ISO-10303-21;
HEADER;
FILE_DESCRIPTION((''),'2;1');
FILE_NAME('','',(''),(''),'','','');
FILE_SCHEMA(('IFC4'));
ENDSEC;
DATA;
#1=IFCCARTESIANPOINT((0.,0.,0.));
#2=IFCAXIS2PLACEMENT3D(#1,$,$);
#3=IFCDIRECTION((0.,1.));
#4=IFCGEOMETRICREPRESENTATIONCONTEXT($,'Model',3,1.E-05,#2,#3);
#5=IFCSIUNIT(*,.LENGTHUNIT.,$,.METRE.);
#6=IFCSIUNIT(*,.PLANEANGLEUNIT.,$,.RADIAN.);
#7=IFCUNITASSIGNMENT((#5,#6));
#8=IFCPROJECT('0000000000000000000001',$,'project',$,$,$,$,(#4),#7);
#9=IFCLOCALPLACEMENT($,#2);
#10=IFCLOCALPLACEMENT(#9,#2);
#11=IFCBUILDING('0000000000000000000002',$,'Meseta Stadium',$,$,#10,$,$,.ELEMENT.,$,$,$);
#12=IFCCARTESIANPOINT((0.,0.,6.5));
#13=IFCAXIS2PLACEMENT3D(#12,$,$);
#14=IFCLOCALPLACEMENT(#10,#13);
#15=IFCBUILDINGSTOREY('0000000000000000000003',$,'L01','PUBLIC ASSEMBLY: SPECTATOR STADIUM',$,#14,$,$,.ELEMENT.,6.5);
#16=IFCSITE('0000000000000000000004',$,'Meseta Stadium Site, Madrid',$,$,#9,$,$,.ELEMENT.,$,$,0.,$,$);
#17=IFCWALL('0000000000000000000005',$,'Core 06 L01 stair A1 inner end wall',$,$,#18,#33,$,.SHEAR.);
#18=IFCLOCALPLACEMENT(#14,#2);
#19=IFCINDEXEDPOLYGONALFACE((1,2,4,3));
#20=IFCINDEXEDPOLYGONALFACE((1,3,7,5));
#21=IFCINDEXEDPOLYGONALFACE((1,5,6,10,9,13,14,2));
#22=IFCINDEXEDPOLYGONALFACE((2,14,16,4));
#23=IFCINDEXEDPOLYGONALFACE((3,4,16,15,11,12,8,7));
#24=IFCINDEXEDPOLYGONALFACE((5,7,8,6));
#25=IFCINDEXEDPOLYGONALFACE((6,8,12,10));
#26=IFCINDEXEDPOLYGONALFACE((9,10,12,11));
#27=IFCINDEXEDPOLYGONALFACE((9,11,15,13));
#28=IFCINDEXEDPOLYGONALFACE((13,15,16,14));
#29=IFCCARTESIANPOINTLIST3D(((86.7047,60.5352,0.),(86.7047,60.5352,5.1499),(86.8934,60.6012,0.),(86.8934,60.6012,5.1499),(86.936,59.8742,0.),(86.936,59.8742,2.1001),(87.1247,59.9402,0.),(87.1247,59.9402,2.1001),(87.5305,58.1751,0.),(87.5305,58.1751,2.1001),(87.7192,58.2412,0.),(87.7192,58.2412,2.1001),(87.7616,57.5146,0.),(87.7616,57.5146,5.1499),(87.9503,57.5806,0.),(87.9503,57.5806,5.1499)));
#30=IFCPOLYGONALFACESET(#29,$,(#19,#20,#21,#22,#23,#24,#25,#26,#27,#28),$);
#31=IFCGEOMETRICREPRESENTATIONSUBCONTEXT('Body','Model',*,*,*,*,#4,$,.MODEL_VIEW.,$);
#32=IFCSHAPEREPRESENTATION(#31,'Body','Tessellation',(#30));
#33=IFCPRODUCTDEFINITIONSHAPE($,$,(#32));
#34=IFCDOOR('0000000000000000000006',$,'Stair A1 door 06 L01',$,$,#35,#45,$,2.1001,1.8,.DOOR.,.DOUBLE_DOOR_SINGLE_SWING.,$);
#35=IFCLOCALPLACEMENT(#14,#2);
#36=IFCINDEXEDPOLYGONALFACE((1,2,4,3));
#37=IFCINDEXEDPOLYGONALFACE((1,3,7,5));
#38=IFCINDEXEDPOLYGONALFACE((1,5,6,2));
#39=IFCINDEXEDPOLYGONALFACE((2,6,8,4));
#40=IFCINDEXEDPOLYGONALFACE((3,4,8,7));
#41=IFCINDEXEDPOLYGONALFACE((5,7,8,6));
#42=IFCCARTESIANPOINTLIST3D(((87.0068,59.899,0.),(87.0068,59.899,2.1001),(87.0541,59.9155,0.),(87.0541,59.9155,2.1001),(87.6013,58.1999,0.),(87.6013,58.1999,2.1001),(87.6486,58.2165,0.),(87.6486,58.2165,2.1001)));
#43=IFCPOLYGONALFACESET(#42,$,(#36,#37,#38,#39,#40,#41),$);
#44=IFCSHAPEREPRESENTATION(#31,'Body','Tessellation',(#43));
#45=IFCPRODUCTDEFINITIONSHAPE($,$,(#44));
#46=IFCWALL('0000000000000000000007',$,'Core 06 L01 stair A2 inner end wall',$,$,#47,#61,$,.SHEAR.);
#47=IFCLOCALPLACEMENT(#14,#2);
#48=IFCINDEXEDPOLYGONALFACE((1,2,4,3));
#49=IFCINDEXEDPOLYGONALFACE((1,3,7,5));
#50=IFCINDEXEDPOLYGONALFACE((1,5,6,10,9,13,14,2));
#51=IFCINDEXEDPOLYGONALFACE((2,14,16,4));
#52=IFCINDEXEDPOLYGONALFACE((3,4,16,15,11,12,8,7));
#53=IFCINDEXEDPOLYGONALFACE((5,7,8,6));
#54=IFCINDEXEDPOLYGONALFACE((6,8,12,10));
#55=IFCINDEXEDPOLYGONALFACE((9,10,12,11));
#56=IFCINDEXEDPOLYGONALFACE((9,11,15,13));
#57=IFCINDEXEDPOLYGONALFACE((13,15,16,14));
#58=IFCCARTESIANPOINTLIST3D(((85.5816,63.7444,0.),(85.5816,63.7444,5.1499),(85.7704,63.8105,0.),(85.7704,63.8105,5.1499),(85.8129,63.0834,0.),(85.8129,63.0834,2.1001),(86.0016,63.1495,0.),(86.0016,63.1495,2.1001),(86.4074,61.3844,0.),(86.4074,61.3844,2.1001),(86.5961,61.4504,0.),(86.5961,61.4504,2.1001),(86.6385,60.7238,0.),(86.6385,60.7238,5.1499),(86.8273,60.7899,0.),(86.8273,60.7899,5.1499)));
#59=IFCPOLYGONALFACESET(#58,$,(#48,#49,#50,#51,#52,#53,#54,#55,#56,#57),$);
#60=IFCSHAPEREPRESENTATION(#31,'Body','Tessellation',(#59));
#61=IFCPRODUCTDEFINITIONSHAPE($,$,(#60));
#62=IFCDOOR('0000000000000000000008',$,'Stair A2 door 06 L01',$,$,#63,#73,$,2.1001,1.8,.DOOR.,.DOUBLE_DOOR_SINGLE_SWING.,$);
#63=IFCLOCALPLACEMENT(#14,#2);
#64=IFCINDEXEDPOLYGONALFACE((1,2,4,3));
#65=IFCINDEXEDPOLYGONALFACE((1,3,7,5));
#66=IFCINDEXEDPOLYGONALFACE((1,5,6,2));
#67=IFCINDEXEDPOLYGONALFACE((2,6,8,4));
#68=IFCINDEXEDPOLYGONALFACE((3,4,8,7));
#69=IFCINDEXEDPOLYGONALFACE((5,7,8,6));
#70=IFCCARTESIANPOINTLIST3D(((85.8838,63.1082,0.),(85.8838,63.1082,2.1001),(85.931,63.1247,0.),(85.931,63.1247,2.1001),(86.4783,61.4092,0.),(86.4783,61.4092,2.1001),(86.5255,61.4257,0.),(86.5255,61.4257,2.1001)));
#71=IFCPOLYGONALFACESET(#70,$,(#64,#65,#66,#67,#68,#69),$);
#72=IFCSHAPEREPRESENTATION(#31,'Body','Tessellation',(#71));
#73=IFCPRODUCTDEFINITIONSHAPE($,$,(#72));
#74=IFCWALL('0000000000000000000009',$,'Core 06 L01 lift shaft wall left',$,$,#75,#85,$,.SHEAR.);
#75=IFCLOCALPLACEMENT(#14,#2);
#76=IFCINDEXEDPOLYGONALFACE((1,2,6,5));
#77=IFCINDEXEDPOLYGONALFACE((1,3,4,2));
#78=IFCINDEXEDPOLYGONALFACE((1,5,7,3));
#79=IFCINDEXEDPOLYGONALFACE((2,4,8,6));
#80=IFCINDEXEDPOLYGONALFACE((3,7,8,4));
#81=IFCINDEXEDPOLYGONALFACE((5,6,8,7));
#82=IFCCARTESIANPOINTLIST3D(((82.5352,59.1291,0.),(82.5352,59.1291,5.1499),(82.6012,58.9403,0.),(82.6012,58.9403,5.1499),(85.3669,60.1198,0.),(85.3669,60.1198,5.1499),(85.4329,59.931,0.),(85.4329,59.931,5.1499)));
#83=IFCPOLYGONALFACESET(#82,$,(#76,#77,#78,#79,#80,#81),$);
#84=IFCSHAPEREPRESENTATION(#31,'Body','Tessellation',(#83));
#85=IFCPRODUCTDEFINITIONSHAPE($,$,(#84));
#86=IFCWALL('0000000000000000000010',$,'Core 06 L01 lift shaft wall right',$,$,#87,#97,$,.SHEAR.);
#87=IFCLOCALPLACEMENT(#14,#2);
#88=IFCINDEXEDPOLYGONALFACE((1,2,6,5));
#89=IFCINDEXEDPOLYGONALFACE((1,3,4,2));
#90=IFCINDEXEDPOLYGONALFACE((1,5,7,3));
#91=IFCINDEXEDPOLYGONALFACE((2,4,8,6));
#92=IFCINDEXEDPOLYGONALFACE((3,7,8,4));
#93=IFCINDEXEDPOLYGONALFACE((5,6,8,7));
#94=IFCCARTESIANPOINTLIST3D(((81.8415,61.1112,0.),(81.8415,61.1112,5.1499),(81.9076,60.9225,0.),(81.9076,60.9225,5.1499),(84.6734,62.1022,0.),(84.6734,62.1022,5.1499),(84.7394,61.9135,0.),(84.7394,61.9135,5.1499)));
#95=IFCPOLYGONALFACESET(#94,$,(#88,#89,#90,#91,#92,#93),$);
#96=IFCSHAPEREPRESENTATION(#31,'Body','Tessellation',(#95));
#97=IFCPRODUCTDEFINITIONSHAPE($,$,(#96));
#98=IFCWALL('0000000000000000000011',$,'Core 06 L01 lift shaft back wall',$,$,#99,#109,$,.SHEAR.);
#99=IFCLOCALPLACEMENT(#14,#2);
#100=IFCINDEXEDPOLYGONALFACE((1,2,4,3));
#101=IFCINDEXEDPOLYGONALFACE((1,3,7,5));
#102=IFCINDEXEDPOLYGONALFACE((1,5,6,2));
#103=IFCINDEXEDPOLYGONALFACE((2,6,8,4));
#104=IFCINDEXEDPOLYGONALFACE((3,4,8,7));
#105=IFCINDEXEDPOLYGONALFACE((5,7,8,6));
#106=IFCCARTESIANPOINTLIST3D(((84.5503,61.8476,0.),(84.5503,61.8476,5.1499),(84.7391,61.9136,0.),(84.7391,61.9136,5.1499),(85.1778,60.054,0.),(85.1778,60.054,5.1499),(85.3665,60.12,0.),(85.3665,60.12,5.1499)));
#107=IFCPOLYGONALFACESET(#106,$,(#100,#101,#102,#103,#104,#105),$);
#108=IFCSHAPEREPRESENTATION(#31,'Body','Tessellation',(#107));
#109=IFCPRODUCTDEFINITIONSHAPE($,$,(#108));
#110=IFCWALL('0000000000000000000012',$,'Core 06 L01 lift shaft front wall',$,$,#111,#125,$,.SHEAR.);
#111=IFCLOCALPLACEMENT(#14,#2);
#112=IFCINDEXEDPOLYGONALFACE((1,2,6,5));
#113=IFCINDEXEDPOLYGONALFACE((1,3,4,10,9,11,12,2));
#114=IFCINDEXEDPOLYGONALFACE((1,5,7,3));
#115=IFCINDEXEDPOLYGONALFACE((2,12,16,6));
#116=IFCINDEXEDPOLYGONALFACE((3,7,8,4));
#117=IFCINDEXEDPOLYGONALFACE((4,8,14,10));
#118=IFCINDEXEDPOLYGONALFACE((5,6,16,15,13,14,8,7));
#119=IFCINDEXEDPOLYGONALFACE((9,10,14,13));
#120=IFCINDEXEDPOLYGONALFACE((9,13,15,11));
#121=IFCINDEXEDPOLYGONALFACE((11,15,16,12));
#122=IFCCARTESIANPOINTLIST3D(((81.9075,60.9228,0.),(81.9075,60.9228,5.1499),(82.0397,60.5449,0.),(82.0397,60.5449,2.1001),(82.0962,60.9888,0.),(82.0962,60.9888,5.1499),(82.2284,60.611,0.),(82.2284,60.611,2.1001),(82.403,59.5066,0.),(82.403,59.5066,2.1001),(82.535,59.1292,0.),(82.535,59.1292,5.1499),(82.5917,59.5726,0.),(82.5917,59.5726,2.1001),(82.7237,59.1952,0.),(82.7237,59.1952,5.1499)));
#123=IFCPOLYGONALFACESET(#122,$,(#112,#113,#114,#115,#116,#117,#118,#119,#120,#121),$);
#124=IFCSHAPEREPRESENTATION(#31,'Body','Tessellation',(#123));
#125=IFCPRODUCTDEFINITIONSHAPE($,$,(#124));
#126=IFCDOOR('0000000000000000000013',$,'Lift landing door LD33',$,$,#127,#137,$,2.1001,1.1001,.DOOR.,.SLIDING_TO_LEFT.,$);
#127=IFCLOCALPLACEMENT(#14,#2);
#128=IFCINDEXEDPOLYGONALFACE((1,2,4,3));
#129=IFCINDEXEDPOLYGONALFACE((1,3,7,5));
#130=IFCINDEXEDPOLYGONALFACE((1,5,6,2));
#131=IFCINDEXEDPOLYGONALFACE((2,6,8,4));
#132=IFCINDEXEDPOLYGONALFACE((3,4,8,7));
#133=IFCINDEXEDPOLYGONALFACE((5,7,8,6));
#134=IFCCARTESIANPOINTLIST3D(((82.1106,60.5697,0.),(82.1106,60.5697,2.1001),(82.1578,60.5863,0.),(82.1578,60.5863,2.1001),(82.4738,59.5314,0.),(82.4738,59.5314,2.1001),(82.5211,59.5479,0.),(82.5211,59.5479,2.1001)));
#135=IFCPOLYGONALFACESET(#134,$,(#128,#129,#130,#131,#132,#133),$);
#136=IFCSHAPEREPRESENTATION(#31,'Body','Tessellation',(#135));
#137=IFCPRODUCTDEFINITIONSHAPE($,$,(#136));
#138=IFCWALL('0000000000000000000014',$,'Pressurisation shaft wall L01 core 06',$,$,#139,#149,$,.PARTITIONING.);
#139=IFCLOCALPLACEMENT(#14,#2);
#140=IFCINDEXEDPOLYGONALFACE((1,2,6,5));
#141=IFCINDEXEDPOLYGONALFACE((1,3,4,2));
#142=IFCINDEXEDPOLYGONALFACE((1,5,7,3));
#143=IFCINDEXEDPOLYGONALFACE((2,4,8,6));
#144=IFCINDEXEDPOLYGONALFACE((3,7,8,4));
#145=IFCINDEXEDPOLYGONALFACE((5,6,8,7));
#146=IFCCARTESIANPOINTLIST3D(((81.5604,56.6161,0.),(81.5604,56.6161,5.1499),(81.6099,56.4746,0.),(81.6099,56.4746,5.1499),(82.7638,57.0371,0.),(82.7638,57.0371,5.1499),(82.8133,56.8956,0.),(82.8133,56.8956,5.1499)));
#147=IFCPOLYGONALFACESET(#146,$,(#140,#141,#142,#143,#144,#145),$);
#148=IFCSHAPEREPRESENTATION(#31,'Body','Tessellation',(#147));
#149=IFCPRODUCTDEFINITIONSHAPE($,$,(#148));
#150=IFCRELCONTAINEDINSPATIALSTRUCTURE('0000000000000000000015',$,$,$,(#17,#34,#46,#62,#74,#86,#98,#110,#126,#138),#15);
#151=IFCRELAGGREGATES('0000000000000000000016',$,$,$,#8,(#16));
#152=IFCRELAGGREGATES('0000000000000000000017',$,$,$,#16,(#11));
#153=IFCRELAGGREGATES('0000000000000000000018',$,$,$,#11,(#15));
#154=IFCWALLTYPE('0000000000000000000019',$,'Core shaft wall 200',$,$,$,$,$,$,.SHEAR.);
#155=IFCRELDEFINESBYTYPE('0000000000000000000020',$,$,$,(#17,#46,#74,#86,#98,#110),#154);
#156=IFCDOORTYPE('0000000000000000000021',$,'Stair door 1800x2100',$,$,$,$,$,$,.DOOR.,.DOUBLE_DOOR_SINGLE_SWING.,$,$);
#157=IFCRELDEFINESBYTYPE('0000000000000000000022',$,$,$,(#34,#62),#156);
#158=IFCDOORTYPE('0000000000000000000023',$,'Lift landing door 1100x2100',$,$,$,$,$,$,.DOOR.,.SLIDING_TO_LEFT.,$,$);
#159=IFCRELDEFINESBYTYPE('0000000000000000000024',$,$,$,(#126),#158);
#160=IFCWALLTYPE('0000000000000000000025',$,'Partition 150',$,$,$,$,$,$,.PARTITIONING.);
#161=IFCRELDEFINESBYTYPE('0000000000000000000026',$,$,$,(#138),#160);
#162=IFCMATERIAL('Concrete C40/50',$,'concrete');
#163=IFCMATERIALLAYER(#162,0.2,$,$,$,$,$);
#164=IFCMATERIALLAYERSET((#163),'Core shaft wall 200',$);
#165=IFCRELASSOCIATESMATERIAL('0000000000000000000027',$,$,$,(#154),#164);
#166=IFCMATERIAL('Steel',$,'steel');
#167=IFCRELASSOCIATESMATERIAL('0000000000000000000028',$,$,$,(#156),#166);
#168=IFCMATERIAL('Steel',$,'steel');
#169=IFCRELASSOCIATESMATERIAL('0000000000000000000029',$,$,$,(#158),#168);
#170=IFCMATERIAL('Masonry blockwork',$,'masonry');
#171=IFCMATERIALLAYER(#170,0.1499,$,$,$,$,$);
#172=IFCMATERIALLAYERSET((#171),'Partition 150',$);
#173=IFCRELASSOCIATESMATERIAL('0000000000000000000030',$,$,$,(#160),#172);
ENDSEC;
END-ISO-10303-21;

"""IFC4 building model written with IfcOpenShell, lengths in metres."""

from ifc_helpers import new_model, si_unit, direction, frame, frame_2d, origin, place, context, subcontext, project, spatial, rectangle, extrude, material, layer, layer_set, type_object, element, fill, save


model = new_model("IFC4")

# Units and contexts
model_context = context("Model", 3, precision=1e-05, world=origin(), true_north=direction((0.0, 1.0)))
body_context = subcontext(model_context, "Body", "Model", "MODEL_VIEW")
ifc_project = project(units=[si_unit("LENGTHUNIT", "METRE"), si_unit("PLANEANGLEUNIT", "RADIAN")], contexts=[model_context])

# Site, building, storey
site_placement = place(None, origin())
site = spatial("IfcSite", under=ifc_project, at=site_placement, Name="Meseta Stadium Site, Madrid", CompositionType="ELEMENT", RefElevation=0.0)
building_placement = place(site_placement, origin())
building = spatial("IfcBuilding", under=site, at=building_placement, Name="Meseta Stadium", CompositionType="ELEMENT")
storey_placement = place(building_placement, frame((0.0, 0.0, 6.5)))
storey = spatial("IfcBuildingStorey", under=building, at=storey_placement, Name="L01", Description="PUBLIC ASSEMBLY: SPECTATOR STADIUM", CompositionType="ELEMENT", Elevation=6.5)

# Walls, openings, doors
ifc_material_1 = material(Name="Concrete C40/50", Category="concrete")
ifc_layer_1 = layer(ifc_material_1, 0.2)
ifc_layer_set_1 = layer_set([ifc_layer_1], Name="Core shaft wall 200")
wall_type_1 = type_object("IfcWallType", Name="Core shaft wall 200", PredefinedType="SHEAR", material=ifc_layer_set_1)
wall_1_placement = place(storey_placement, frame((87.856, 57.5476, 0.0), z_axis=(0.0, 0.0, 1.0), x_axis=(-0.330269, 0.943887, 0.0)))
wall_1 = element("IfcWall", 1, at=wall_1_placement, inside=storey, type_object=wall_type_1, Name="Core 06 L01 stair A1 inner end wall", PredefinedType="SHEAR", context=body_context, shape_type="SweptSolid", body=[
    extrude(rectangle(XDim=3.2002, YDim=0.2, at=frame_2d((1.6001, 0.0))), origin(), (0.0, 0.0, 1.0), 5.1499),
])
opening_1_placement = place(wall_1_placement, frame((0.7, 0.0, 0.0)))
opening_1 = element("IfcOpeningElement", 2, at=opening_1_placement, cuts=wall_1, PredefinedType="OPENING", context=body_context, shape_type="SweptSolid", body=[
    extrude(rectangle(XDim=1.8, YDim=2.1001, at=frame_2d((0.8999, 1.05))), frame((0.0, 0.1099, 0.0), z_axis=(0.0, -1.0, 0.0), x_axis=(1.0, 0.0, 0.0)), (0.0, 0.0, 1.0), 0.22),
])
ifc_material_2 = material(Name="Steel", Category="steel")
door_type_1 = type_object("IfcDoorType", Name="Stair door 1800x2100", OperationType="DOUBLE_DOOR_SINGLE_SWING", PredefinedType="DOOR", material=ifc_material_2)
door_1_placement = place(opening_1_placement, origin())
door_1 = element("IfcDoor", 3, at=door_1_placement, inside=storey, type_object=door_type_1, Name="Stair A1 door 06 L01", OperationType="DOUBLE_DOOR_SINGLE_SWING", OverallHeight=2.1001, OverallWidth=1.8, PredefinedType="DOOR", context=body_context, shape_type="SweptSolid", body=[
    extrude(rectangle(XDim=1.8, YDim=2.1001, at=frame_2d((0.8999, 1.05))), frame((0.0, 0.0249, 0.0), z_axis=(0.0, -1.0, 0.0), x_axis=(1.0, 0.0, 0.0)), (0.0, 0.0, 1.0), 0.05),
])
fill(opening_1, door_1)
wall_2_placement = place(storey_placement, frame((86.7329, 60.7568, 0.0), z_axis=(0.0, 0.0, 1.0), x_axis=(-0.330269, 0.943887, 0.0)))
wall_2 = element("IfcWall", 4, at=wall_2_placement, inside=storey, type_object=wall_type_1, Name="Core 06 L01 stair A2 inner end wall", PredefinedType="SHEAR", context=body_context, shape_type="SweptSolid", body=[
    extrude(rectangle(XDim=3.2002, YDim=0.2, at=frame_2d((1.6001, 0.0))), origin(), (0.0, 0.0, 1.0), 5.1499),
])
opening_2_placement = place(wall_2_placement, frame((0.7, 0.0, 0.0)))
opening_2 = element("IfcOpeningElement", 5, at=opening_2_placement, cuts=wall_2, PredefinedType="OPENING", context=body_context, shape_type="SweptSolid", body=[
    extrude(rectangle(XDim=1.8, YDim=2.1001, at=frame_2d((0.8999, 1.05))), frame((0.0, 0.1099, 0.0), z_axis=(0.0, -1.0, 0.0), x_axis=(1.0, 0.0, 0.0)), (0.0, 0.0, 1.0), 0.22),
])
door_2_placement = place(opening_2_placement, origin())
door_2 = element("IfcDoor", 6, at=door_2_placement, inside=storey, type_object=door_type_1, Name="Stair A2 door 06 L01", OperationType="DOUBLE_DOOR_SINGLE_SWING", OverallHeight=2.1001, OverallWidth=1.8, PredefinedType="DOOR", context=body_context, shape_type="SweptSolid", body=[
    extrude(rectangle(XDim=1.8, YDim=2.1001, at=frame_2d((0.8999, 1.05))), frame((0.0, 0.0249, 0.0), z_axis=(0.0, -1.0, 0.0), x_axis=(1.0, 0.0, 0.0)), (0.0, 0.0, 1.0), 0.05),
])
fill(opening_2, door_2)

# Walls
wall_3_placement = place(storey_placement, frame((85.3999, 60.0254, 0.0), z_axis=(0.0, 0.0, 1.0), x_axis=(-0.9439, -0.330231, 0.0)))
element("IfcWall", 7, at=wall_3_placement, inside=storey, type_object=wall_type_1, Name="Core 06 L01 lift shaft wall left", PredefinedType="SHEAR", context=body_context, shape_type="SweptSolid", body=[
    extrude(rectangle(XDim=3.0, YDim=0.2, at=frame_2d((1.5, 0.0))), origin(), (0.0, 0.0, 1.0), 5.1499),
])
wall_4_placement = place(storey_placement, frame((84.7063, 62.0078, 0.0), z_axis=(0.0, 0.0, 1.0), x_axis=(-0.943875, -0.330303, 0.0)))
element("IfcWall", 8, at=wall_4_placement, inside=storey, type_object=wall_type_1, Name="Core 06 L01 lift shaft wall right", PredefinedType="SHEAR", context=body_context, shape_type="SweptSolid", body=[
    extrude(rectangle(XDim=3.0002, YDim=0.2, at=frame_2d((1.5, 0.0))), origin(), (0.0, 0.0, 1.0), 5.1499),
])
wall_5_placement = place(storey_placement, frame((85.2722, 60.0869, 0.0), z_axis=(0.0, 0.0, 1.0), x_axis=(-0.330225, 0.943902, 0.0)))
element("IfcWall", 9, at=wall_5_placement, inside=storey, type_object=wall_type_1, Name="Core 06 L01 lift shaft back wall", PredefinedType="SHEAR", context=body_context, shape_type="SweptSolid", body=[
    extrude(rectangle(XDim=1.9001, YDim=0.2, at=frame_2d((0.9502, 0.0))), origin(), (0.0, 0.0, 1.0), 5.1499),
])

# Wall, opening, door
wall_6_placement = place(storey_placement, frame((82.6294, 59.1621, 0.0), z_axis=(0.0, 0.0, 1.0), x_axis=(-0.330225, 0.943902, 0.0)))
wall_6 = element("IfcWall", 10, at=wall_6_placement, inside=storey, type_object=wall_type_1, Name="Core 06 L01 lift shaft front wall", PredefinedType="SHEAR", context=body_context, shape_type="SweptSolid", body=[
    extrude(rectangle(XDim=1.9001, YDim=0.2, at=frame_2d((0.9502, 0.0))), origin(), (0.0, 0.0, 1.0), 5.1499),
])
opening_3_placement = place(wall_6_placement, frame((0.3999, 0.0, 0.0)))
opening_3 = element("IfcOpeningElement", 11, at=opening_3_placement, cuts=wall_6, PredefinedType="OPENING", context=body_context, shape_type="SweptSolid", body=[
    extrude(rectangle(XDim=1.1001, YDim=2.1001, at=frame_2d((0.55, 1.05))), frame((0.0, 0.1099, 0.0), z_axis=(0.0, -1.0, 0.0), x_axis=(1.0, 0.0, 0.0)), (0.0, 0.0, 1.0), 0.22),
])
ifc_material_3 = material(Name="Steel", Category="steel")
door_type_2 = type_object("IfcDoorType", Name="Lift landing door 1100x2100", OperationType="SLIDING_TO_LEFT", PredefinedType="DOOR", material=ifc_material_3)
door_3_placement = place(opening_3_placement, origin())
door_3 = element("IfcDoor", 12, at=door_3_placement, inside=storey, type_object=door_type_2, Name="Lift landing door LD33", OperationType="SLIDING_TO_LEFT", OverallHeight=2.1001, OverallWidth=1.1001, PredefinedType="DOOR", context=body_context, shape_type="SweptSolid", body=[
    extrude(rectangle(XDim=1.1001, YDim=2.1001, at=frame_2d((0.55, 1.05))), frame((0.0, 0.0249, 0.0), z_axis=(0.0, -1.0, 0.0), x_axis=(1.0, 0.0, 0.0)), (0.0, 0.0, 1.0), 0.05),
])
fill(opening_3, door_3)

# Wall
ifc_material_4 = material(Name="Masonry blockwork", Category="masonry")
ifc_layer_2 = layer(ifc_material_4, 0.1499)
ifc_layer_set_2 = layer_set([ifc_layer_2], Name="Partition 150")
wall_type_2 = type_object("IfcWallType", Name="Partition 150", PredefinedType="PARTITIONING", material=ifc_layer_set_2)
wall_7_placement = place(storey_placement, frame((82.7886, 56.9663, 0.0), z_axis=(0.0, 0.0, 1.0), x_axis=(-0.943927, -0.330154, 0.0)))
element("IfcWall", 13, at=wall_7_placement, inside=storey, type_object=wall_type_2, Name="Pressurisation shaft wall L01 core 06", PredefinedType="PARTITIONING", context=body_context, shape_type="SweptSolid", body=[
    extrude(rectangle(XDim=1.2749, YDim=0.1499, at=frame_2d((0.6375, 0.0))), origin(), (0.0, 0.0, 1.0), 5.1499),
])

save(model, "model.ifc")
